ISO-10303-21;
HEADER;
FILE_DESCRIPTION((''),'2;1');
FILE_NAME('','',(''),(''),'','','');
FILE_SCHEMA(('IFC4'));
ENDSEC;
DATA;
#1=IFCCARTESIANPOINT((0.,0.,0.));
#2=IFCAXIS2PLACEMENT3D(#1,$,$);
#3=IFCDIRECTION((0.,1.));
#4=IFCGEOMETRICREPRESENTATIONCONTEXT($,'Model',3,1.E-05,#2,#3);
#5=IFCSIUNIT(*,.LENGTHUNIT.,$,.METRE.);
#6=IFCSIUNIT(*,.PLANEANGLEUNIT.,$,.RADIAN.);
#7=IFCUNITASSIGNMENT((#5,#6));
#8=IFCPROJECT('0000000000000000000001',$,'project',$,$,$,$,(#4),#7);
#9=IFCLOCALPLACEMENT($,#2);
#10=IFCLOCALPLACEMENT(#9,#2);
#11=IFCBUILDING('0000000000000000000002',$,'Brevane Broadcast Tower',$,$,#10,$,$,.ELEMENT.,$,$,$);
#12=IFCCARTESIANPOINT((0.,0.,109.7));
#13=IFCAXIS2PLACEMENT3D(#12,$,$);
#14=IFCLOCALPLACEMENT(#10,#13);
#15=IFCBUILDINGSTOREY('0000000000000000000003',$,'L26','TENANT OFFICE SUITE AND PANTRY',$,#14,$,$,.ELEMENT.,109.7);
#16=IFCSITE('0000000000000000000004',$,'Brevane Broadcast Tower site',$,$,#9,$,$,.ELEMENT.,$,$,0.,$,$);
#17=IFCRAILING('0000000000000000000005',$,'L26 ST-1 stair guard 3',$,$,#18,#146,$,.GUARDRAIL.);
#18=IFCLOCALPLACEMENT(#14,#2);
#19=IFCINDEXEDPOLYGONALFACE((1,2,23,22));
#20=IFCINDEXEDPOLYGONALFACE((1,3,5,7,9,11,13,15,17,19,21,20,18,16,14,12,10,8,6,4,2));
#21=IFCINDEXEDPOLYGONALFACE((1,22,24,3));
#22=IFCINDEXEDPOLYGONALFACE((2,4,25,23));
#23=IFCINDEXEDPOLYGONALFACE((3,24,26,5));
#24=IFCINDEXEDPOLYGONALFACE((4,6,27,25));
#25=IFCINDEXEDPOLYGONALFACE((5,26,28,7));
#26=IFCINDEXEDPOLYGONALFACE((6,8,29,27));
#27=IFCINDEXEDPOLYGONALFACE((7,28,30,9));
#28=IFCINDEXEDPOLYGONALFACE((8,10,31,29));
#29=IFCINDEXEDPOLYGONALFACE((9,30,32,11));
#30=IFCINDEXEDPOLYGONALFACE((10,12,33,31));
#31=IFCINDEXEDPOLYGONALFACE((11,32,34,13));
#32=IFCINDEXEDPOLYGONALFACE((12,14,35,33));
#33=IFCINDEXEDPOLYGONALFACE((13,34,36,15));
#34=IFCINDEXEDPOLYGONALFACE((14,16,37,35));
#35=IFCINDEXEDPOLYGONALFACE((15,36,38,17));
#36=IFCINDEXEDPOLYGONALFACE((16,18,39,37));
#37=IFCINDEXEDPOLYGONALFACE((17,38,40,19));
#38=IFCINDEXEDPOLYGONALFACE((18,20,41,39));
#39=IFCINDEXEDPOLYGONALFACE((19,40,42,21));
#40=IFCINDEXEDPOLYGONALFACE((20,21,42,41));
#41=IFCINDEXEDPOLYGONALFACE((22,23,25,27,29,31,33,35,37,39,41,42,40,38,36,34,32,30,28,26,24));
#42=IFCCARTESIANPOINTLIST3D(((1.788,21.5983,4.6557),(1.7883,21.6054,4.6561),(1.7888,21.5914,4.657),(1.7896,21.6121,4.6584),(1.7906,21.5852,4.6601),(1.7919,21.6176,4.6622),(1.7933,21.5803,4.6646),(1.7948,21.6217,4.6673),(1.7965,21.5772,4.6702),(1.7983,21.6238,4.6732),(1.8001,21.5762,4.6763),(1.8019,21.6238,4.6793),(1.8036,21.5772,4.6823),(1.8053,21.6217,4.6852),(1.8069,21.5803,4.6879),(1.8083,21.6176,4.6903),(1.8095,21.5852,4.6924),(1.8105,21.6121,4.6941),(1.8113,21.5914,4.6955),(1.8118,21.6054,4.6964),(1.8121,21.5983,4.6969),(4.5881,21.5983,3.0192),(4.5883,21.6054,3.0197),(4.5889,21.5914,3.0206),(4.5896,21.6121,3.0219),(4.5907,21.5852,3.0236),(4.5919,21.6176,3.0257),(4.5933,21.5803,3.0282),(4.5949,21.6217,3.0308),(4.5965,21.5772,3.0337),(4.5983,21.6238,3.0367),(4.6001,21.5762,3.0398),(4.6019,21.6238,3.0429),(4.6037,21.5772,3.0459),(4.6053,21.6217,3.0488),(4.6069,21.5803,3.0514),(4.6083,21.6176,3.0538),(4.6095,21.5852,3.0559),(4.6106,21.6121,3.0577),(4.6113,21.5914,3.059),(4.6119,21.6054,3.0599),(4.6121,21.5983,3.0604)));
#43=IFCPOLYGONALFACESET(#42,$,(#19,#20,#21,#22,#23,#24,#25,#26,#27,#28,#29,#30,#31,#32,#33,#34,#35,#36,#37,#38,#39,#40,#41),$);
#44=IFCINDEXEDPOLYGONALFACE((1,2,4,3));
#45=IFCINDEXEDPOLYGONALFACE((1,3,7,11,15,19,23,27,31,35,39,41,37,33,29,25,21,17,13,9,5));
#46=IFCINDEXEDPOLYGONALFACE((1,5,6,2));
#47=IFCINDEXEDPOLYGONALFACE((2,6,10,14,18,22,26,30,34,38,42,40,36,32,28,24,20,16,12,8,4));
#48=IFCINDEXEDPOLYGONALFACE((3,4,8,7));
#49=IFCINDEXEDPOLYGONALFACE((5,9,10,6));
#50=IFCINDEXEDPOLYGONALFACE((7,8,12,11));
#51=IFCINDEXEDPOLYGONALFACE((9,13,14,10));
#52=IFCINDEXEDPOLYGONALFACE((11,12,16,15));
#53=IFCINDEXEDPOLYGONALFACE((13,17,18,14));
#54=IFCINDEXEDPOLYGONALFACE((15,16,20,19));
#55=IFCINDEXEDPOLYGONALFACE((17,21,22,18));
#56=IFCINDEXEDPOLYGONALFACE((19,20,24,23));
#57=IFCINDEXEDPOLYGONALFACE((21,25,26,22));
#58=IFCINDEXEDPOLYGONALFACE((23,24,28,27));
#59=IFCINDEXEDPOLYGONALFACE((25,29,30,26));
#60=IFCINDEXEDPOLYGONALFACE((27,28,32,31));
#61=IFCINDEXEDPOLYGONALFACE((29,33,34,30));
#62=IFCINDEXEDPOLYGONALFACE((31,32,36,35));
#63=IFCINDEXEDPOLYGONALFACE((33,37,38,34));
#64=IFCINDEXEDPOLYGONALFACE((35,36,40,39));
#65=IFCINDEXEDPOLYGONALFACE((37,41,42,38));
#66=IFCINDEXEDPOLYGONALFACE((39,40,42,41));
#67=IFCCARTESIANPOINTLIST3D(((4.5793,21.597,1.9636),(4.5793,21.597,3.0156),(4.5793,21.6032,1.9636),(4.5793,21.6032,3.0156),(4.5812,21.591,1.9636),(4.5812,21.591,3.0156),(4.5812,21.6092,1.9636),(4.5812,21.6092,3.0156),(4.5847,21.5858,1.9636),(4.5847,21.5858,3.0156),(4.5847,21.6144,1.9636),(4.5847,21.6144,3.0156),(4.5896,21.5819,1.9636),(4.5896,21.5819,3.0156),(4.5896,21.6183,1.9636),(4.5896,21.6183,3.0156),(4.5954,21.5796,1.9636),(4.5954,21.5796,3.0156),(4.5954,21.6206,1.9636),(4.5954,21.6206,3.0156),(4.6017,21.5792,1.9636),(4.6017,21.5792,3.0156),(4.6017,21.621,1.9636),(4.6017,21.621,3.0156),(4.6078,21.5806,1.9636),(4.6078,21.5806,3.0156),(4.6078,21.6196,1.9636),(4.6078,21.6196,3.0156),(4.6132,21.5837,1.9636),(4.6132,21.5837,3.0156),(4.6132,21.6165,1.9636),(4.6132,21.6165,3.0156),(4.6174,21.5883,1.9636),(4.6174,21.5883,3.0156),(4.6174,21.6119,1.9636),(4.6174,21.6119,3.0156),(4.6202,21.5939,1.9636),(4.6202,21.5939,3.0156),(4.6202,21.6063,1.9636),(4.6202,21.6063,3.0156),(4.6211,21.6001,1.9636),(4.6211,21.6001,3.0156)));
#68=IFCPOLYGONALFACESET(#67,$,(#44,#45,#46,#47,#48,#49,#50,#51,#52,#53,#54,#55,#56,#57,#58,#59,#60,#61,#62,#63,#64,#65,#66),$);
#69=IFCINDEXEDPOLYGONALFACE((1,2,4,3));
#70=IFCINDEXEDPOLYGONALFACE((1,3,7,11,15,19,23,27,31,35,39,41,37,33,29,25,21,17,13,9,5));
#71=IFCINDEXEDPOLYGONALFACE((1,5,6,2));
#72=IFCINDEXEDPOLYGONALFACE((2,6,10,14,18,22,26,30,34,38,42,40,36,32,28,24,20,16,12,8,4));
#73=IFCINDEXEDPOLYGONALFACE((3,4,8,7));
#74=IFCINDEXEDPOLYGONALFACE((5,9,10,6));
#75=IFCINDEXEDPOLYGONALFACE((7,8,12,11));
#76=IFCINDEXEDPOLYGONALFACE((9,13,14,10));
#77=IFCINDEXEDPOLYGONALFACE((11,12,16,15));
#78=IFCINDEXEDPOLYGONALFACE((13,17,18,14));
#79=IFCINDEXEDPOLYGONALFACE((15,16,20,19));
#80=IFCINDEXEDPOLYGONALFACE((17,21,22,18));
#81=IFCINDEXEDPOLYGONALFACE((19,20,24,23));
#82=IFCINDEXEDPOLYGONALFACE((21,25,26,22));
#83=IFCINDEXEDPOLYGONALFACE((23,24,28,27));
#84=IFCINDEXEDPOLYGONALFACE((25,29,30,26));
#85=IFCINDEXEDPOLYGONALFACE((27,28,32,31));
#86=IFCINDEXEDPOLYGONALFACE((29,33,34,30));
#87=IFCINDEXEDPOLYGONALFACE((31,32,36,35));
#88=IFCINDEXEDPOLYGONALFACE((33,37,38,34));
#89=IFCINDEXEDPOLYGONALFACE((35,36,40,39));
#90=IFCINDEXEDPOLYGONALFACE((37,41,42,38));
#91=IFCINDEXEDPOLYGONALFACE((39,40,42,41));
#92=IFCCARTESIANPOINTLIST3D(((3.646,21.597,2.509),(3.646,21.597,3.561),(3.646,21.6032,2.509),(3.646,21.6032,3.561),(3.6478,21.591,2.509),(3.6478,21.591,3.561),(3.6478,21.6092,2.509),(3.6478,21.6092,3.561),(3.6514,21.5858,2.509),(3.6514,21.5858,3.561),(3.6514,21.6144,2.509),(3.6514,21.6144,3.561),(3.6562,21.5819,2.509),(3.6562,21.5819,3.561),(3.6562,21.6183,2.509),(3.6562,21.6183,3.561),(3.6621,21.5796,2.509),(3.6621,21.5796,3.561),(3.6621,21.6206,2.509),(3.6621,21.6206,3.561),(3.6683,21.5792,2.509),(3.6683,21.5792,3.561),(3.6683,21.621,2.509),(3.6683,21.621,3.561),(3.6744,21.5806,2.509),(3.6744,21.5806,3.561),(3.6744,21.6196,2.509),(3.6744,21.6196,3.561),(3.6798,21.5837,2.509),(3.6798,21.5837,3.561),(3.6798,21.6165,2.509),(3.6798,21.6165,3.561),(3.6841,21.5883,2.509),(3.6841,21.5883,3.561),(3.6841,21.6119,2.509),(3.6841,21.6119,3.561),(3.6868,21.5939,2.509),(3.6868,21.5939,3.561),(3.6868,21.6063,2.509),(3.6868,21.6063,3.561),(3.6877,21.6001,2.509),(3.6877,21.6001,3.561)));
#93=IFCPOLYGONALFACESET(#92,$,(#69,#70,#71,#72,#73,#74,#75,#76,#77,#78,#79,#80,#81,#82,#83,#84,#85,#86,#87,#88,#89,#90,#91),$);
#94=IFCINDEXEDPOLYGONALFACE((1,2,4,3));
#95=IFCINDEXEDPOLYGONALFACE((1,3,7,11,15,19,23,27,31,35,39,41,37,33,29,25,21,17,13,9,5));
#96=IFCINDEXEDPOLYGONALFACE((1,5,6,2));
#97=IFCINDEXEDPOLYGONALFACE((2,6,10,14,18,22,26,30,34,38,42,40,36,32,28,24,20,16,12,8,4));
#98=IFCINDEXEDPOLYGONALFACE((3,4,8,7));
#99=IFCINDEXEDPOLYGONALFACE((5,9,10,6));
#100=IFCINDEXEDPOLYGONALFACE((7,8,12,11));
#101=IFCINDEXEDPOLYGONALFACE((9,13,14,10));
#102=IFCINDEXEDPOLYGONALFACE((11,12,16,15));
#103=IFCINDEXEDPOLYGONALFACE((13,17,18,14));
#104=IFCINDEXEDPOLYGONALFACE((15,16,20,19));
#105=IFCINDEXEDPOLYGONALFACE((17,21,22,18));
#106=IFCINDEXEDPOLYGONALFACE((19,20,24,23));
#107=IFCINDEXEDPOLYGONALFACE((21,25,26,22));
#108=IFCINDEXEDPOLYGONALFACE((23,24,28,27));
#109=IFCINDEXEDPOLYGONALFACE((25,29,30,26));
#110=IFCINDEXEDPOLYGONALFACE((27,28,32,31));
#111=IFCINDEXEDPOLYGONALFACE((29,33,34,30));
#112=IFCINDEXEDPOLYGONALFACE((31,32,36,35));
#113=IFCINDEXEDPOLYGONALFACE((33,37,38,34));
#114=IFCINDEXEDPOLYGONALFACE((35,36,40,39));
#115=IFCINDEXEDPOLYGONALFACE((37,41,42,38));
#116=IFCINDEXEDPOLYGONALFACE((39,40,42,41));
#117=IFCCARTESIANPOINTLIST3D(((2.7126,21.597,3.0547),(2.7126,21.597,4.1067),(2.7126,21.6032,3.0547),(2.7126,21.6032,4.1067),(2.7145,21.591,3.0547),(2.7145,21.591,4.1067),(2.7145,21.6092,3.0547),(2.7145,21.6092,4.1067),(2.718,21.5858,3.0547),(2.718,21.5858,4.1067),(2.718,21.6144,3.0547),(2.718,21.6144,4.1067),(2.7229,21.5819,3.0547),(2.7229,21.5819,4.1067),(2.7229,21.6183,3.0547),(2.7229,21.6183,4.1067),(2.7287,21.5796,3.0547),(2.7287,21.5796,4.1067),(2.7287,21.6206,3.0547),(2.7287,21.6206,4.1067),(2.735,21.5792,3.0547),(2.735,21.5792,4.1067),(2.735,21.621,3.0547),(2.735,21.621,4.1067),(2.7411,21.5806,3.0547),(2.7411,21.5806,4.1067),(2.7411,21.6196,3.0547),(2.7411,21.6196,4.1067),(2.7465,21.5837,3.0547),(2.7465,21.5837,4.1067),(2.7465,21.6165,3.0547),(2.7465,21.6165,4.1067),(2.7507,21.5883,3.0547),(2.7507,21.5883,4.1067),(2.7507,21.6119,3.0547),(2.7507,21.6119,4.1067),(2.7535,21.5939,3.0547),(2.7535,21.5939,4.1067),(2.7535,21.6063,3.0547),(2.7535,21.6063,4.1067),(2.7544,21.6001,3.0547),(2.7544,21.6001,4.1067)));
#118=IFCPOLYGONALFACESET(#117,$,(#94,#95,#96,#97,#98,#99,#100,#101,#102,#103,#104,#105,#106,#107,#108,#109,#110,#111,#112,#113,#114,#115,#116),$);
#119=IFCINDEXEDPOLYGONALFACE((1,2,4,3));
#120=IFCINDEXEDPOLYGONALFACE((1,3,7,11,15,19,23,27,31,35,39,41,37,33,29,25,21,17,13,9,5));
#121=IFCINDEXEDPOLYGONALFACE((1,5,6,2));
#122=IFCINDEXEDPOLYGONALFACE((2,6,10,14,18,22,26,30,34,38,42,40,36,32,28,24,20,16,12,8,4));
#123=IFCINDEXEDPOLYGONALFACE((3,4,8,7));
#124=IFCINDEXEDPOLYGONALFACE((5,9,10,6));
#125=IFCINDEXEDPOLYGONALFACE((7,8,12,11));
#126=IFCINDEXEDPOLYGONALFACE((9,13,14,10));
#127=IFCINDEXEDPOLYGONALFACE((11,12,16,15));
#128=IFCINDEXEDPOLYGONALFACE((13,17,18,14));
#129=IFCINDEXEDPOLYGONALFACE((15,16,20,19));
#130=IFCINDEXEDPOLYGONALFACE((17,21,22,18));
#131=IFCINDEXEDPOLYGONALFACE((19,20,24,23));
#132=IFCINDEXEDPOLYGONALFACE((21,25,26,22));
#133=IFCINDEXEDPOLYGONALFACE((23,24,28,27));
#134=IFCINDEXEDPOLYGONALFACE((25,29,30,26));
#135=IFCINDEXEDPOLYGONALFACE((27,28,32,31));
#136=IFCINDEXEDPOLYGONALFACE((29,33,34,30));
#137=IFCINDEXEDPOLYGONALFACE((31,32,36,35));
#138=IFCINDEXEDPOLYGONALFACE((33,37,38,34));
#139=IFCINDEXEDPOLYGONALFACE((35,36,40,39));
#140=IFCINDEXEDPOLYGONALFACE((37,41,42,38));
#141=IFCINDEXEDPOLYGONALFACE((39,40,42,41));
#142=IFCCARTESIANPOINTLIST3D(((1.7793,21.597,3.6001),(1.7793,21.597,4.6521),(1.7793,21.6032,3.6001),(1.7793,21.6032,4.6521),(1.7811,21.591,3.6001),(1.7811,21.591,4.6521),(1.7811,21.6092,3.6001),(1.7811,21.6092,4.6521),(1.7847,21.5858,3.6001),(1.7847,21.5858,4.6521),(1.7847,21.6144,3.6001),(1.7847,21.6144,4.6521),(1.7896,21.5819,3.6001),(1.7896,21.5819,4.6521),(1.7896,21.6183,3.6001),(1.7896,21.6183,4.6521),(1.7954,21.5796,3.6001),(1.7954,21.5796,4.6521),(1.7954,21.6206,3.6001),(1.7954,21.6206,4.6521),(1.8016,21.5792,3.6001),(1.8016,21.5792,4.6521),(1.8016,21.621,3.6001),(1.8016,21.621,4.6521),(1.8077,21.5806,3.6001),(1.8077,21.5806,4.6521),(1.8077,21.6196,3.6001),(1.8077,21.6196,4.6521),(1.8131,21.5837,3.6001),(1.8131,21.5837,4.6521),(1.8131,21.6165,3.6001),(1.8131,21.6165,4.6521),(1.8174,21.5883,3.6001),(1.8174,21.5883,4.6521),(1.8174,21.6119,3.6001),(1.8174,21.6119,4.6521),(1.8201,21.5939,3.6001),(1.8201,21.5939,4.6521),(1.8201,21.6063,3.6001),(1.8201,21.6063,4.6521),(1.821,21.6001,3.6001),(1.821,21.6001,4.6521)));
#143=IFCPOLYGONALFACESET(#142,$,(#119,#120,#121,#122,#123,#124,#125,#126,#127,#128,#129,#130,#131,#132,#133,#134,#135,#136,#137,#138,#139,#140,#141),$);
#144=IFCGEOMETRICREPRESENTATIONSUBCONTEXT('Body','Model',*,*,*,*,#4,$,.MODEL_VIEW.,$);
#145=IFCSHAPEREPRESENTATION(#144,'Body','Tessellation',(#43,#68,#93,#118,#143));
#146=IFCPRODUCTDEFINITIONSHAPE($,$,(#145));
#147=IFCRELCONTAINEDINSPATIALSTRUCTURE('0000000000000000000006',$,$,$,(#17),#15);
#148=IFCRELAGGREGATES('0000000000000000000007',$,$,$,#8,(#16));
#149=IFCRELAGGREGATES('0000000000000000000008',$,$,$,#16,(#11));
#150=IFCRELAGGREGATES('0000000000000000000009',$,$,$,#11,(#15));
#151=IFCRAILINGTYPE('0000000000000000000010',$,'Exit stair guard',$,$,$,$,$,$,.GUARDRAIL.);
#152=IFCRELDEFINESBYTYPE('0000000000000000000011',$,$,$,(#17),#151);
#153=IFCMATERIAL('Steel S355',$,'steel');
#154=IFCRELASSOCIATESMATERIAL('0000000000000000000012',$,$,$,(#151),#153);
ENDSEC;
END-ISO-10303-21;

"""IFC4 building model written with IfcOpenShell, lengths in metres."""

from ifc_helpers import new_model, si_unit, direction, frame, origin, origin_2d, place, context, subcontext, project, spatial, circle, extrude, material, type_object, element, save


model = new_model("IFC4")

# Units and contexts
model_context = context("Model", 3, precision=1e-05, world=origin(), true_north=direction((0.0, 1.0)))
body_context = subcontext(model_context, "Body", "Model", "MODEL_VIEW")
ifc_project = project(units=[si_unit("LENGTHUNIT", "METRE"), si_unit("PLANEANGLEUNIT", "RADIAN")], contexts=[model_context])

# Site, building, storey
site_placement = place(None, origin())
site = spatial("IfcSite", under=ifc_project, at=site_placement, Name="Brevane Broadcast Tower site", CompositionType="ELEMENT", RefElevation=0.0)
building_placement = place(site_placement, origin())
building = spatial("IfcBuilding", under=site, at=building_placement, Name="Brevane Broadcast Tower", CompositionType="ELEMENT")
storey_placement = place(building_placement, frame((0.0, 0.0, 109.7)))
storey = spatial("IfcBuildingStorey", under=building, at=storey_placement, Name="L26", Description="TENANT OFFICE SUITE AND PANTRY", CompositionType="ELEMENT", Elevation=109.7)

# Railing
ifc_material_1 = material(Name="Steel S355", Category="steel")
railing_type = type_object("IfcRailingType", Name="Exit stair guard", PredefinedType="GUARDRAIL", material=ifc_material_1)
railing_1_placement = place(storey_placement, frame((4.6001, 21.6001, 1.9636)))
element("IfcRailing", 1, at=railing_1_placement, inside=storey, type_object=railing_type, Name="L26 ST-1 stair guard 3", PredefinedType="GUARDRAIL", context=body_context, shape_type="SweptSolid", body=[
    extrude(circle(Radius=0.0239, at=origin_2d()), frame((0.0, 0.0, 1.0762), z_axis=(-0.863361, 0.0, 0.504587), x_axis=(0.0, -1.0, 0.0)), (0.0, 0.0, 1.0), 3.2432),
    extrude(circle(Radius=0.021, at=origin_2d()), origin(), (0.0, 0.0, 1.0), 1.052),
    extrude(circle(Radius=0.021, at=origin_2d()), frame((-0.9333, 0.0, 0.5454)), (0.0, 0.0, 1.0), 1.052),
    extrude(circle(Radius=0.021, at=origin_2d()), frame((-1.8667, 0.0, 1.0911)), (0.0, 0.0, 1.0), 1.052),
    extrude(circle(Radius=0.021, at=origin_2d()), frame((-2.8, 0.0, 1.6365)), (0.0, 0.0, 1.0), 1.052),
])

save(model, "model.ifc")
